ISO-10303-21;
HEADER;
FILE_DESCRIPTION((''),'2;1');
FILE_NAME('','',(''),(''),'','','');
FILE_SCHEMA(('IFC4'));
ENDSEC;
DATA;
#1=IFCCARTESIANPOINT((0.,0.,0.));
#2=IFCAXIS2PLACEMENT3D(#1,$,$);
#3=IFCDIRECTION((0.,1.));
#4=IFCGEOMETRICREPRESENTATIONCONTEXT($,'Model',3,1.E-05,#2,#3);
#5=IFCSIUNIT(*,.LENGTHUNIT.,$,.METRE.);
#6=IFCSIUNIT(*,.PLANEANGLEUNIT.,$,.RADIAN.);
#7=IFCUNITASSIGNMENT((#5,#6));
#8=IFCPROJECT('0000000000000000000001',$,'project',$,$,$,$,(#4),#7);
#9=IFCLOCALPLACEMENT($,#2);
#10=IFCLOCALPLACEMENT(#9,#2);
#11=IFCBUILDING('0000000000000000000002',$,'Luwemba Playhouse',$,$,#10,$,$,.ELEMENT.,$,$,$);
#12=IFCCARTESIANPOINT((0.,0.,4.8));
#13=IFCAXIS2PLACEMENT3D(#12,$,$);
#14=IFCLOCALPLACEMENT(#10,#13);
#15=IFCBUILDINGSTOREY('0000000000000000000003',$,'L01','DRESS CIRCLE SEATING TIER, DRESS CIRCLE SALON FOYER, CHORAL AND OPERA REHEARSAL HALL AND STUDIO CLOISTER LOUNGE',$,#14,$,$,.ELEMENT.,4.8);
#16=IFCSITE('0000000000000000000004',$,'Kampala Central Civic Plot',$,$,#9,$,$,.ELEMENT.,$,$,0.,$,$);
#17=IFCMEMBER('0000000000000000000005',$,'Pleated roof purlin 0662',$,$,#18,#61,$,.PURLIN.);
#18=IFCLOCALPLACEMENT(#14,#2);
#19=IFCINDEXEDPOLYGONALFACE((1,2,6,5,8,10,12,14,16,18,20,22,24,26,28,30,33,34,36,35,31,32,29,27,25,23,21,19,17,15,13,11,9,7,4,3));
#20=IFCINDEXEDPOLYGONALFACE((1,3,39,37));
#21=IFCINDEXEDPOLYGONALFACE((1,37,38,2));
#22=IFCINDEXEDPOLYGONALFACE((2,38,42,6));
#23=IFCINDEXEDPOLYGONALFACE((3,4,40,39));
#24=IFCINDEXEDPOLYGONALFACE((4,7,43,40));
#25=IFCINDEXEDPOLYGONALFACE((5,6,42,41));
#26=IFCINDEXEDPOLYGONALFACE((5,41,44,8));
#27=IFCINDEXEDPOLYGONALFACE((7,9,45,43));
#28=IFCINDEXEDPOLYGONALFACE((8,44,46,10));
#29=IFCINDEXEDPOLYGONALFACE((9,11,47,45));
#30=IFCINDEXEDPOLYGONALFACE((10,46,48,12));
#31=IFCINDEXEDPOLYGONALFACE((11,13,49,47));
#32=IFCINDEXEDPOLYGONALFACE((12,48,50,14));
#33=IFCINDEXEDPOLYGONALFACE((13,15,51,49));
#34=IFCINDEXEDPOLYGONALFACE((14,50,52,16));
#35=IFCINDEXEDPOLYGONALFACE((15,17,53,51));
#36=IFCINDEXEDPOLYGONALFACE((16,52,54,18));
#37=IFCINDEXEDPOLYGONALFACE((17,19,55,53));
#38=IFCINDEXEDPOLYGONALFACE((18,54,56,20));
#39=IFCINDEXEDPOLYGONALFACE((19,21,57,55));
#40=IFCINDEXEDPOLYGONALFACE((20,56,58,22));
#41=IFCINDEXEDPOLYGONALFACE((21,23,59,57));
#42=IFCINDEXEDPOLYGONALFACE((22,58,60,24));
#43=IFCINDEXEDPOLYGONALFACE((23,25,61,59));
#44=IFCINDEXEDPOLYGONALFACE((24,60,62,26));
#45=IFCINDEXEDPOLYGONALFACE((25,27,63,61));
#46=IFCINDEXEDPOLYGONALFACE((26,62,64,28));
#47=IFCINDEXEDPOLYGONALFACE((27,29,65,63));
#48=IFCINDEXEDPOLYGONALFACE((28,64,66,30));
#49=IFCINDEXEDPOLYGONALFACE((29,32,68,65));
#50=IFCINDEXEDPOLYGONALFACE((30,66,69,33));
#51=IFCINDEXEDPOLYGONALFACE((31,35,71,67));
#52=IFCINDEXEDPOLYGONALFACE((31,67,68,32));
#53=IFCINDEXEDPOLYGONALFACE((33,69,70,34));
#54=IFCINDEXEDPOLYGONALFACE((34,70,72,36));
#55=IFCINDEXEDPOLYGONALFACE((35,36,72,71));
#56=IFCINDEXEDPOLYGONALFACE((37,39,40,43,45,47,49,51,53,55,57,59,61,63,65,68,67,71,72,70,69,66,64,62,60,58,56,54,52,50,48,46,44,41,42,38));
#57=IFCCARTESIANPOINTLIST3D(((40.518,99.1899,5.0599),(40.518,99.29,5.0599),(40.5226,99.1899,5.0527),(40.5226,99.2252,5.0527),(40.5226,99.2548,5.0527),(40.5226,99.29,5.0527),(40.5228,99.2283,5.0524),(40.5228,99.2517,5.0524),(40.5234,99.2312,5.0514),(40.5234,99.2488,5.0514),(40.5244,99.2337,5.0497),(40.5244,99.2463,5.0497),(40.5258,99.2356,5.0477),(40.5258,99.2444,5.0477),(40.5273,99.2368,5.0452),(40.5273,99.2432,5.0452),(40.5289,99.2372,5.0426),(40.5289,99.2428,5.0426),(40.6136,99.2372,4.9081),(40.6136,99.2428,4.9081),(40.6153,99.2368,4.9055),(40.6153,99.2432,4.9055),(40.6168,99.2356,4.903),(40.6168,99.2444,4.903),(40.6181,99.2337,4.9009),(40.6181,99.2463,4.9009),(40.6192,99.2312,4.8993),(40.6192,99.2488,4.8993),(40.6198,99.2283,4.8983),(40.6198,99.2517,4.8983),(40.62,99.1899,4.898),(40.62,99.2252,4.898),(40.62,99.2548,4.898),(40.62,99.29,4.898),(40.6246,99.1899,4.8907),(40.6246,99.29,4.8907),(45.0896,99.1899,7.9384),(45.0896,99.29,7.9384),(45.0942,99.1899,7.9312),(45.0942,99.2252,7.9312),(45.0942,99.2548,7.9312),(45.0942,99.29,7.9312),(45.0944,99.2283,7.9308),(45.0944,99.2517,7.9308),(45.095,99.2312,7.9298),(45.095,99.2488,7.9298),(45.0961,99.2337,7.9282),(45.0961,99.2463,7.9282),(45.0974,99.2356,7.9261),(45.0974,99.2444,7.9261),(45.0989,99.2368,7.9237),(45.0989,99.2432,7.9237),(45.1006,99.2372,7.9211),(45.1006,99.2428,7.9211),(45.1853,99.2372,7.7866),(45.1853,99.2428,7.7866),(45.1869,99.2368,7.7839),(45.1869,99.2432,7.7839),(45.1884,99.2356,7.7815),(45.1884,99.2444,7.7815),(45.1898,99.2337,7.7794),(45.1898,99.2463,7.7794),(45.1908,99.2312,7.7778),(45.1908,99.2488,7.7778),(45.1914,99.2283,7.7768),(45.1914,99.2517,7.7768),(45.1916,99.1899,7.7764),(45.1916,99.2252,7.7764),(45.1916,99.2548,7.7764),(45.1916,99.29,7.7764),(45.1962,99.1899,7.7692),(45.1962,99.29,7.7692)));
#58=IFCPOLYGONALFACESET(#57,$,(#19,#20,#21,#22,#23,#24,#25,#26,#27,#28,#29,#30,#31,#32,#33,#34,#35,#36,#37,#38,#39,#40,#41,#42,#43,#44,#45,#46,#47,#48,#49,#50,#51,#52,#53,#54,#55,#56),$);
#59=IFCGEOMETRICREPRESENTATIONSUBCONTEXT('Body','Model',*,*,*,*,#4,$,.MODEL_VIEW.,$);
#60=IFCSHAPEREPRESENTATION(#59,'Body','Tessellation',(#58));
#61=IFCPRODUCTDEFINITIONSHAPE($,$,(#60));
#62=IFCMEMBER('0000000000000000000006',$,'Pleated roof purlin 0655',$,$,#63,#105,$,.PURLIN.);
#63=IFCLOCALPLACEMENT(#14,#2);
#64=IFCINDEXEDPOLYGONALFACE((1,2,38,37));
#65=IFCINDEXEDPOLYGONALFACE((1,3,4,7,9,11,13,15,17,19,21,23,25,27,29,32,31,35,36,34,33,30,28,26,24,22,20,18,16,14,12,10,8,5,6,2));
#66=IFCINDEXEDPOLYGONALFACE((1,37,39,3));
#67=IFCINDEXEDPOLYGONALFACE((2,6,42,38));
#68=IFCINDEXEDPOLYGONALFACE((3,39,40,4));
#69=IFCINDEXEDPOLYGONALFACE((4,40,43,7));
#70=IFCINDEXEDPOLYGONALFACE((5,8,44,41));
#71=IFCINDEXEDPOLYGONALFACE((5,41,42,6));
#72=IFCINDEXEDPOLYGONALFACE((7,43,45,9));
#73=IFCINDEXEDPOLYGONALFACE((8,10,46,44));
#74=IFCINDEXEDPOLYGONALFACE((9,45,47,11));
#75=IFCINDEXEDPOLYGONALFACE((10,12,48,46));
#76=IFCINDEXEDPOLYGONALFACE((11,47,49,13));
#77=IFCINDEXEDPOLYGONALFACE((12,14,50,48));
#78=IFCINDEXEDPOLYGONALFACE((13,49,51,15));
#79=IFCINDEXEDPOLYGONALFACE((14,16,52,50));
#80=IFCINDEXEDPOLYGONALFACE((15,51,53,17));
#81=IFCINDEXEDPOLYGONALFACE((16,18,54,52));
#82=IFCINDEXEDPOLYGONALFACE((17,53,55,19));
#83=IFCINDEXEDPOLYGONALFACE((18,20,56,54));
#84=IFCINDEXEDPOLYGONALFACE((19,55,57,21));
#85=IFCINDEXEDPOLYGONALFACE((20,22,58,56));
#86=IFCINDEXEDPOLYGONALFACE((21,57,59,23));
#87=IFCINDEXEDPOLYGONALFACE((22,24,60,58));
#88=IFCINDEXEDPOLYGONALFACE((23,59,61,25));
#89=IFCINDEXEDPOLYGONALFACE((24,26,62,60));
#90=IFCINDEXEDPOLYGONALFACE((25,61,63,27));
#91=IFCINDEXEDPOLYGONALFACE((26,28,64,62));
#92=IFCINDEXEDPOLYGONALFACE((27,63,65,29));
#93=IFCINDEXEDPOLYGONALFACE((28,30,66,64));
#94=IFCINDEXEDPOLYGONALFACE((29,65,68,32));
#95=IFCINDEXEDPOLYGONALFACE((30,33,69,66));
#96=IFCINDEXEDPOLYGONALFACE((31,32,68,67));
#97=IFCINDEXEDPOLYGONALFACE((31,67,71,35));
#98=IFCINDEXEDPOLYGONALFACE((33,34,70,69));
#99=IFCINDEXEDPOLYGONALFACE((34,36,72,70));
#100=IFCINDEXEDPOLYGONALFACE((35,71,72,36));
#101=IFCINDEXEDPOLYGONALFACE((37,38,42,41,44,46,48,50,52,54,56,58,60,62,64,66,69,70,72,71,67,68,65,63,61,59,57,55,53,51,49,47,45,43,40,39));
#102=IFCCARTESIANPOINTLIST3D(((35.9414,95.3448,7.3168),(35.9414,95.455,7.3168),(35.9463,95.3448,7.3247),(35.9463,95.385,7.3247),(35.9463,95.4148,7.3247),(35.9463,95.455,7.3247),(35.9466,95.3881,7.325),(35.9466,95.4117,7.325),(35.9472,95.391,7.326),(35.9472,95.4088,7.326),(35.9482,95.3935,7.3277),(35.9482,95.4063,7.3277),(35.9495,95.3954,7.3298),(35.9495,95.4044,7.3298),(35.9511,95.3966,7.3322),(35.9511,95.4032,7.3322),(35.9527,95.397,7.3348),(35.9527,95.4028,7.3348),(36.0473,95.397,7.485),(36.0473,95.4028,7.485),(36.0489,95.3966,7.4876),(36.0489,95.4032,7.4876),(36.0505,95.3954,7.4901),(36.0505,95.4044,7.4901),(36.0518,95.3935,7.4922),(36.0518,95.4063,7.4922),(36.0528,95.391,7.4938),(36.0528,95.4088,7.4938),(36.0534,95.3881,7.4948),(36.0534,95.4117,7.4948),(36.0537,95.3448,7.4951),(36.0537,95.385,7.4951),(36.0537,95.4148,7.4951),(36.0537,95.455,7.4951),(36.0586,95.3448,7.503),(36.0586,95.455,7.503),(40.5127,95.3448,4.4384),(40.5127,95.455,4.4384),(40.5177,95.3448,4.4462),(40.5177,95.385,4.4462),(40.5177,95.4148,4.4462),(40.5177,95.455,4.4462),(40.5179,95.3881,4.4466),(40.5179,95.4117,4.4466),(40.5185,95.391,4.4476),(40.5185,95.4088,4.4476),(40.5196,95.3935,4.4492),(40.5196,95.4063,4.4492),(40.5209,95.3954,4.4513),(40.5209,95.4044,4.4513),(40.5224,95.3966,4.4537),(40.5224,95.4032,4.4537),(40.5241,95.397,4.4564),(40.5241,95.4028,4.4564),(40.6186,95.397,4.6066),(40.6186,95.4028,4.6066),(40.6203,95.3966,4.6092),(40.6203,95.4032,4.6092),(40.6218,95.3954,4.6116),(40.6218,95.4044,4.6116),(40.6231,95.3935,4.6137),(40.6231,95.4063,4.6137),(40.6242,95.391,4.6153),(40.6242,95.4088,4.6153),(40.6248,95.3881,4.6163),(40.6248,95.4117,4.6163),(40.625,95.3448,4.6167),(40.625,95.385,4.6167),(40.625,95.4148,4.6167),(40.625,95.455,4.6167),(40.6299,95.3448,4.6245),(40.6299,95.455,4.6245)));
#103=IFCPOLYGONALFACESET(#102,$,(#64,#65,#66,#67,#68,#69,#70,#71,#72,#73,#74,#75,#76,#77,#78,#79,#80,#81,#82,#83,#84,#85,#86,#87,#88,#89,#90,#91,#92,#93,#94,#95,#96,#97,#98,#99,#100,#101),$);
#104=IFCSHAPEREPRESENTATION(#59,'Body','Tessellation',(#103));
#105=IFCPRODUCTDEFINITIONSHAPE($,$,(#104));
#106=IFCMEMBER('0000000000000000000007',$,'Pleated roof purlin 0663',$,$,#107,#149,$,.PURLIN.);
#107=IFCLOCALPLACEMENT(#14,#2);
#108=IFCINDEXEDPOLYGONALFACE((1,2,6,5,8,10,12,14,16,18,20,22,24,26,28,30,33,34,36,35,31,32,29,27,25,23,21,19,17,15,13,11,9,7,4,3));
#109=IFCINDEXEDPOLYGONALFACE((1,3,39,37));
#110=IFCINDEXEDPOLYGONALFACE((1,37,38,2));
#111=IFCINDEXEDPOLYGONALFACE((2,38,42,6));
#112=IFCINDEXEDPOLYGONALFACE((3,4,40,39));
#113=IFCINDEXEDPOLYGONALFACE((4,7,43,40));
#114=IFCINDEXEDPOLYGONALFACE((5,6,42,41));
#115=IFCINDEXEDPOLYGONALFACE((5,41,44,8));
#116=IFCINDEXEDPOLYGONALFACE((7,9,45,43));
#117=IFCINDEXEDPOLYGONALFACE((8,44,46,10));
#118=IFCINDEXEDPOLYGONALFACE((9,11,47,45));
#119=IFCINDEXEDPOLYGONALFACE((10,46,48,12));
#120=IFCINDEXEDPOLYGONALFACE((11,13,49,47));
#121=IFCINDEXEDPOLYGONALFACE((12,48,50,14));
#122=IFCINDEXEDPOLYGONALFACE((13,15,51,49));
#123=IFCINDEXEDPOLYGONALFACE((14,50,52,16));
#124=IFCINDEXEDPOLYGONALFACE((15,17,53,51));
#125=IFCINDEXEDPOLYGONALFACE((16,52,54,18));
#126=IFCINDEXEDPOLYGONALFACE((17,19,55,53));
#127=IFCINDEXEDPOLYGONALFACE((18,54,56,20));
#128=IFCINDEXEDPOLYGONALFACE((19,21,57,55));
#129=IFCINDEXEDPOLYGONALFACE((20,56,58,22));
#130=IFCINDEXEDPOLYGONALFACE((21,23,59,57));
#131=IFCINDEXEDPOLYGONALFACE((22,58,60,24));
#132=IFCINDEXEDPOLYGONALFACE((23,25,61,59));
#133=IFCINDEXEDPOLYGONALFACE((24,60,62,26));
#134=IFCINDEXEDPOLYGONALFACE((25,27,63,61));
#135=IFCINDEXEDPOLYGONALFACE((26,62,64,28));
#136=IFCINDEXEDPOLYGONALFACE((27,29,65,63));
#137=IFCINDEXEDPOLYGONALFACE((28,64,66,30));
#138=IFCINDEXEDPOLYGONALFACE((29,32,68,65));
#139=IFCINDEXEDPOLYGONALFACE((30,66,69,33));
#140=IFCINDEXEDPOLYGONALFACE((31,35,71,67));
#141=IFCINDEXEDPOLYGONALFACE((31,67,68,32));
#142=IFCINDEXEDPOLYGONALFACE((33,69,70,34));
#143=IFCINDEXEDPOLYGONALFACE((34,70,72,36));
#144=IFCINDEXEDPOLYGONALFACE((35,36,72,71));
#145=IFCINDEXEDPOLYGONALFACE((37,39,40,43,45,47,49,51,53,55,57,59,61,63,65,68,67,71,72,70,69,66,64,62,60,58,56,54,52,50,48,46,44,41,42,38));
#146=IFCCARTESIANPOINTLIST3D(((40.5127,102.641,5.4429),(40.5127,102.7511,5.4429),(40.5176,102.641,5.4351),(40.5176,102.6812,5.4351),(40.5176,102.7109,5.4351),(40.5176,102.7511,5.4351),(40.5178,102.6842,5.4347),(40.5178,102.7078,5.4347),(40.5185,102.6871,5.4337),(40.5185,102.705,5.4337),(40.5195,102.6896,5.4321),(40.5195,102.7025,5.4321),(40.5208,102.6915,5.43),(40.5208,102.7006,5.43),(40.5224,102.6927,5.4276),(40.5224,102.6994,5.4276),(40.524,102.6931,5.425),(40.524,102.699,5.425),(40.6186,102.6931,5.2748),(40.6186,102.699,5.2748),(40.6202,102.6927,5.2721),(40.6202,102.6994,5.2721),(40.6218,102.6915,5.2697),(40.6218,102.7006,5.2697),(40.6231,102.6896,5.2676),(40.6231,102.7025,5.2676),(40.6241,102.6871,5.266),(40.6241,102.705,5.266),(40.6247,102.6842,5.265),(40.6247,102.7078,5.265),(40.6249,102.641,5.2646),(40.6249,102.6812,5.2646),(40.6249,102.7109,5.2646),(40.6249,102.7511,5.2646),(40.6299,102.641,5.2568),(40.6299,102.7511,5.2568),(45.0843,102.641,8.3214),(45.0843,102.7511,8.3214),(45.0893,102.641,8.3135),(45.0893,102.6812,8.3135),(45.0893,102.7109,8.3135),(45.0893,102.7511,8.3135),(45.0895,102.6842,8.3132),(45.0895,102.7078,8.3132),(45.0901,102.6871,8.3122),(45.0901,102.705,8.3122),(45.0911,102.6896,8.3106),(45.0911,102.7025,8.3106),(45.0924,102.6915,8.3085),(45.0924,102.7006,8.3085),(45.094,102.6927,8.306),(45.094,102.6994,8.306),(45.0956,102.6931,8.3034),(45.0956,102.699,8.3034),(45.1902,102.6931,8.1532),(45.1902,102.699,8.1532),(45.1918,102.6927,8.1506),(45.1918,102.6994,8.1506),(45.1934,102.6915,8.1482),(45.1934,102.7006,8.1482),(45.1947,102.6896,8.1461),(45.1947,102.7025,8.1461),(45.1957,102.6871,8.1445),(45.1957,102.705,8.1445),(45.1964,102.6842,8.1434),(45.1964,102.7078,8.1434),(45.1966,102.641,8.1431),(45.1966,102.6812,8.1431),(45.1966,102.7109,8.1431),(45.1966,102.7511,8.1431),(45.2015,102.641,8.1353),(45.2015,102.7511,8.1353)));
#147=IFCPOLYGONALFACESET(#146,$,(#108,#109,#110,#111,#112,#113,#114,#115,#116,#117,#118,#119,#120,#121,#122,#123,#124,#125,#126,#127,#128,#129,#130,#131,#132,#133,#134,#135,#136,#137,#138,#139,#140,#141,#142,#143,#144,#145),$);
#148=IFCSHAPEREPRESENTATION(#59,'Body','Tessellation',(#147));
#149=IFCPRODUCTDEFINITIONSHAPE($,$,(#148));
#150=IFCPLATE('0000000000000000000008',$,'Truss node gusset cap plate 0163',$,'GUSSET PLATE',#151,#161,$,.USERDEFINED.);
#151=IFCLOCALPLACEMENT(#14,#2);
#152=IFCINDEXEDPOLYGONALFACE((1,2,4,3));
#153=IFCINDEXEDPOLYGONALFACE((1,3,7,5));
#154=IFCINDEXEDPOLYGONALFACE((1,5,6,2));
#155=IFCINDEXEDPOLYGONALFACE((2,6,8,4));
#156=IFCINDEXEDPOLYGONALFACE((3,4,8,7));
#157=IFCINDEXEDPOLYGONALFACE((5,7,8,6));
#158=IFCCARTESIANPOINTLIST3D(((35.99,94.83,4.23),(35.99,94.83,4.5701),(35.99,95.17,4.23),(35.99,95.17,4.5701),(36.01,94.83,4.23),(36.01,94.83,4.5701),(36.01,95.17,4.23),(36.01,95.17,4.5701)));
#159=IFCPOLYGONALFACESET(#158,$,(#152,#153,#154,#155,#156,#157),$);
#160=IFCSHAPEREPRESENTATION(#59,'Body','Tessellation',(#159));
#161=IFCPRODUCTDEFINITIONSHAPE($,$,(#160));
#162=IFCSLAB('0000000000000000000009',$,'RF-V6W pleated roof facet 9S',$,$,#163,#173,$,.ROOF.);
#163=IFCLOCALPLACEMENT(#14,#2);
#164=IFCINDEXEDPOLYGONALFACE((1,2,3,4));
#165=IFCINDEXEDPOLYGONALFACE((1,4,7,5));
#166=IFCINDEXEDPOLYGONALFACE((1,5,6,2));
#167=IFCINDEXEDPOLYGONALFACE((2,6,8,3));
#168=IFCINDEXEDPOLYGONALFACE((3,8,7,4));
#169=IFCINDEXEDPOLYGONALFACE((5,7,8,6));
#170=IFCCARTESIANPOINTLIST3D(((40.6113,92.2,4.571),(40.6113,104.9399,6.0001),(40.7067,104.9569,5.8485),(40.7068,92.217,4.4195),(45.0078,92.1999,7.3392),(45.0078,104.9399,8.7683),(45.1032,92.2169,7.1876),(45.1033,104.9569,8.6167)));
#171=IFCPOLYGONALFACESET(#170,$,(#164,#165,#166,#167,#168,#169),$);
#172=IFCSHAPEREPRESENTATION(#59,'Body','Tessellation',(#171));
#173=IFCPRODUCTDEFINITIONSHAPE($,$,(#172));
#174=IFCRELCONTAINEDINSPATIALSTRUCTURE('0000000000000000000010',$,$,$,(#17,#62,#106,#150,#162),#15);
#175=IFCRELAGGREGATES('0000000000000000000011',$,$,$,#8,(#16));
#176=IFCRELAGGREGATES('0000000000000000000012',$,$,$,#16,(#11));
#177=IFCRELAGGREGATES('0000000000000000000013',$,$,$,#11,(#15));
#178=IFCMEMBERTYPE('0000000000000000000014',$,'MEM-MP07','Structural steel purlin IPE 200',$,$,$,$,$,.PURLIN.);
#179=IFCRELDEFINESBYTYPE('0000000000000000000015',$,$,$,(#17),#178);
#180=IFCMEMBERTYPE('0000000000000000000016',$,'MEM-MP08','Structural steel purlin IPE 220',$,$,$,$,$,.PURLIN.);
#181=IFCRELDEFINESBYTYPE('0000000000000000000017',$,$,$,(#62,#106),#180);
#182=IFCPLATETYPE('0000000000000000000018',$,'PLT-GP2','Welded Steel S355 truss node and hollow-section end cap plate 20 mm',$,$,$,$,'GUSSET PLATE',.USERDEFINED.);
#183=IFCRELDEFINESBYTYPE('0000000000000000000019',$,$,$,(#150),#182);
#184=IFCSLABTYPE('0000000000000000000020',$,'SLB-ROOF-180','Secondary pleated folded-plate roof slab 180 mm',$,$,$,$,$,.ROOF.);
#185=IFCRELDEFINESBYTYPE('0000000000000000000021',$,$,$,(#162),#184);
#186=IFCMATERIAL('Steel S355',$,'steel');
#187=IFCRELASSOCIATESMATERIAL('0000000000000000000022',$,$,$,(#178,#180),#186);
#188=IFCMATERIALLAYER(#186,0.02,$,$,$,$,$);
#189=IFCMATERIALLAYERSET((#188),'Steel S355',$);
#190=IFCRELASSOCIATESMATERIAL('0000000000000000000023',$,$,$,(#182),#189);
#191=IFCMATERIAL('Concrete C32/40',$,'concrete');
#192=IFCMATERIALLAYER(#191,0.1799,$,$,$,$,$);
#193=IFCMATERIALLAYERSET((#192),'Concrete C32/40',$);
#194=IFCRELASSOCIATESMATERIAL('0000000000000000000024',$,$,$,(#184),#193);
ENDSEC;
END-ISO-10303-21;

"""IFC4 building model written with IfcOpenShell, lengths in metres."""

from ifc_helpers import new_model, si_unit, direction, frame, origin, origin_2d, place, context, subcontext, project, spatial, polyline, rectangle, i_section, outline, extrude, material, layer, layer_set, material_profile, profile_set, type_object, element, save


model = new_model("IFC4")

# Units and contexts
model_context = context("Model", 3, precision=1e-05, world=origin(), true_north=direction((0.0, 1.0)))
body_context = subcontext(model_context, "Body", "Model", "MODEL_VIEW")
ifc_project = project(units=[si_unit("LENGTHUNIT", "METRE"), si_unit("PLANEANGLEUNIT", "RADIAN")], contexts=[model_context])

# Site, building, storey
site_placement = place(None, origin())
site = spatial("IfcSite", under=ifc_project, at=site_placement, Name="Kampala Central Civic Plot", CompositionType="ELEMENT", RefElevation=0.0)
building_placement = place(site_placement, origin())
building = spatial("IfcBuilding", under=site, at=building_placement, Name="Luwemba Playhouse", CompositionType="ELEMENT")
storey_placement = place(building_placement, frame((0.0, 0.0, 4.8)))
storey = spatial("IfcBuildingStorey", under=building, at=storey_placement, Name="L01", Description="DRESS CIRCLE SEATING TIER, DRESS CIRCLE SALON FOYER, CHORAL AND OPERA REHEARSAL HALL AND STUDIO CLOISTER LOUNGE", CompositionType="ELEMENT", Elevation=4.8)

# Shared definitions
ifc_material_1 = material(Name="Steel S355", Category="steel")

# Members
ifc_material_profile_1 = material_profile(ifc_material_1, i_section(OverallWidth=0.1001, OverallDepth=0.2, WebThickness=0.0056, FlangeThickness=0.0085, FilletRadius=0.012, at=origin_2d()))
ifc_profile_set_1 = profile_set([ifc_material_profile_1], Name="Steel S355")
member_type_1 = type_object("IfcMemberType", Name="MEM-MP07", Description="Structural steel purlin IPE 200", PredefinedType="PURLIN", material=ifc_profile_set_1)
member_1_placement = place(storey_placement, frame((40.5713, 99.24, 4.9753), z_axis=(0.846229, 0.0, 0.532819), x_axis=(0.0, 1.0, 0.0)))
element("IfcMember", 1, at=member_1_placement, inside=storey, type_object=member_type_1, Name="Pleated roof purlin 0662", PredefinedType="PURLIN", context=body_context, shape_type="SweptSolid", body=[
    extrude(i_section(OverallWidth=0.1001, OverallDepth=0.2, WebThickness=0.0056, FlangeThickness=0.0085, FilletRadius=0.012, at=origin_2d()), origin(), (0.0, 0.0, 1.0), 5.4023),
])
ifc_material_profile_2 = material_profile(ifc_material_1, i_section(OverallWidth=0.1101, OverallDepth=0.22, WebThickness=0.0059, FlangeThickness=0.0093, FilletRadius=0.012, at=origin_2d()))
ifc_profile_set_2 = profile_set([ifc_material_profile_2], Name="Steel S355")
member_type_2 = type_object("IfcMemberType", Name="MEM-MP08", Description="Structural steel purlin IPE 220", PredefinedType="PURLIN", material=ifc_profile_set_2)
member_2_placement = place(storey_placement, frame((36.0, 95.3999, 7.4099), z_axis=(0.846216, 0.0, -0.53284), x_axis=(0.0, 1.0, 0.0)))
element("IfcMember", 2, at=member_2_placement, inside=storey, type_object=member_type_2, Name="Pleated roof purlin 0655", PredefinedType="PURLIN", context=body_context, shape_type="SweptSolid", body=[
    extrude(i_section(OverallWidth=0.1101, OverallDepth=0.22, WebThickness=0.0059, FlangeThickness=0.0093, FilletRadius=0.012, at=origin_2d()), origin(), (0.0, 0.0, 1.0), 5.4021),
])
member_3_placement = place(storey_placement, frame((40.5713, 102.696, 5.3499), z_axis=(0.846229, 0.0, 0.532819), x_axis=(0.0, 1.0, 0.0)))
element("IfcMember", 3, at=member_3_placement, inside=storey, type_object=member_type_2, Name="Pleated roof purlin 0663", PredefinedType="PURLIN", context=body_context, shape_type="SweptSolid", body=[
    extrude(i_section(OverallWidth=0.1101, OverallDepth=0.22, WebThickness=0.0059, FlangeThickness=0.0093, FilletRadius=0.012, at=origin_2d()), origin(), (0.0, 0.0, 1.0), 5.4023),
])

# Plate
ifc_layer_1 = layer(ifc_material_1, 0.02)
ifc_layer_set_1 = layer_set([ifc_layer_1], Name="Steel S355")
plate_type = type_object("IfcPlateType", Name="PLT-GP2", Description="Welded Steel S355 truss node and hollow-section end cap plate 20 mm", ElementType="GUSSET PLATE", PredefinedType="USERDEFINED", material=ifc_layer_set_1)
plate_placement = place(storey_placement, frame((36.0, 95.0, 4.23), z_axis=(0.0, 0.0, 1.0), x_axis=(1.0, 0.0, 0.0)))
element("IfcPlate", 4, at=plate_placement, inside=storey, type_object=plate_type, Name="Truss node gusset cap plate 0163", ObjectType="GUSSET PLATE", PredefinedType="USERDEFINED", context=body_context, shape_type="SweptSolid", body=[
    extrude(rectangle(XDim=0.02, YDim=0.3401, at=origin_2d()), origin(), (0.0, 0.0, 1.0), 0.3401),
])

# Slab
ifc_material_2 = material(Name="Concrete C32/40", Category="concrete")
ifc_layer_2 = layer(ifc_material_2, 0.1799)
ifc_layer_set_2 = layer_set([ifc_layer_2], Name="Concrete C32/40")
slab_type = type_object("IfcSlabType", Name="SLB-ROOF-180", Description="Secondary pleated folded-plate roof slab 180 mm", PredefinedType="ROOF", material=ifc_layer_set_2)
slab_placement = place(storey_placement, frame((40.6113, 92.2, 4.571), z_axis=(-0.530433, -0.094499, 0.842443), x_axis=(0.84623, -0.000002, 0.532817)))
element("IfcSlab", 5, at=slab_placement, inside=storey, type_object=slab_type, Name="RF-V6W pleated roof facet 9S", PredefinedType="ROOF", context=body_context, shape_type="SweptSolid", body=[
    extrude(outline(polyline([(0.0, 0.0), (5.1953, 0.0), (5.9568, 12.7973), (0.7613, 12.7973), (0.0, 0.0)])), origin(), (0.0, 0.0, -1.0), 0.1799),
])

save(model, "model.ifc")
